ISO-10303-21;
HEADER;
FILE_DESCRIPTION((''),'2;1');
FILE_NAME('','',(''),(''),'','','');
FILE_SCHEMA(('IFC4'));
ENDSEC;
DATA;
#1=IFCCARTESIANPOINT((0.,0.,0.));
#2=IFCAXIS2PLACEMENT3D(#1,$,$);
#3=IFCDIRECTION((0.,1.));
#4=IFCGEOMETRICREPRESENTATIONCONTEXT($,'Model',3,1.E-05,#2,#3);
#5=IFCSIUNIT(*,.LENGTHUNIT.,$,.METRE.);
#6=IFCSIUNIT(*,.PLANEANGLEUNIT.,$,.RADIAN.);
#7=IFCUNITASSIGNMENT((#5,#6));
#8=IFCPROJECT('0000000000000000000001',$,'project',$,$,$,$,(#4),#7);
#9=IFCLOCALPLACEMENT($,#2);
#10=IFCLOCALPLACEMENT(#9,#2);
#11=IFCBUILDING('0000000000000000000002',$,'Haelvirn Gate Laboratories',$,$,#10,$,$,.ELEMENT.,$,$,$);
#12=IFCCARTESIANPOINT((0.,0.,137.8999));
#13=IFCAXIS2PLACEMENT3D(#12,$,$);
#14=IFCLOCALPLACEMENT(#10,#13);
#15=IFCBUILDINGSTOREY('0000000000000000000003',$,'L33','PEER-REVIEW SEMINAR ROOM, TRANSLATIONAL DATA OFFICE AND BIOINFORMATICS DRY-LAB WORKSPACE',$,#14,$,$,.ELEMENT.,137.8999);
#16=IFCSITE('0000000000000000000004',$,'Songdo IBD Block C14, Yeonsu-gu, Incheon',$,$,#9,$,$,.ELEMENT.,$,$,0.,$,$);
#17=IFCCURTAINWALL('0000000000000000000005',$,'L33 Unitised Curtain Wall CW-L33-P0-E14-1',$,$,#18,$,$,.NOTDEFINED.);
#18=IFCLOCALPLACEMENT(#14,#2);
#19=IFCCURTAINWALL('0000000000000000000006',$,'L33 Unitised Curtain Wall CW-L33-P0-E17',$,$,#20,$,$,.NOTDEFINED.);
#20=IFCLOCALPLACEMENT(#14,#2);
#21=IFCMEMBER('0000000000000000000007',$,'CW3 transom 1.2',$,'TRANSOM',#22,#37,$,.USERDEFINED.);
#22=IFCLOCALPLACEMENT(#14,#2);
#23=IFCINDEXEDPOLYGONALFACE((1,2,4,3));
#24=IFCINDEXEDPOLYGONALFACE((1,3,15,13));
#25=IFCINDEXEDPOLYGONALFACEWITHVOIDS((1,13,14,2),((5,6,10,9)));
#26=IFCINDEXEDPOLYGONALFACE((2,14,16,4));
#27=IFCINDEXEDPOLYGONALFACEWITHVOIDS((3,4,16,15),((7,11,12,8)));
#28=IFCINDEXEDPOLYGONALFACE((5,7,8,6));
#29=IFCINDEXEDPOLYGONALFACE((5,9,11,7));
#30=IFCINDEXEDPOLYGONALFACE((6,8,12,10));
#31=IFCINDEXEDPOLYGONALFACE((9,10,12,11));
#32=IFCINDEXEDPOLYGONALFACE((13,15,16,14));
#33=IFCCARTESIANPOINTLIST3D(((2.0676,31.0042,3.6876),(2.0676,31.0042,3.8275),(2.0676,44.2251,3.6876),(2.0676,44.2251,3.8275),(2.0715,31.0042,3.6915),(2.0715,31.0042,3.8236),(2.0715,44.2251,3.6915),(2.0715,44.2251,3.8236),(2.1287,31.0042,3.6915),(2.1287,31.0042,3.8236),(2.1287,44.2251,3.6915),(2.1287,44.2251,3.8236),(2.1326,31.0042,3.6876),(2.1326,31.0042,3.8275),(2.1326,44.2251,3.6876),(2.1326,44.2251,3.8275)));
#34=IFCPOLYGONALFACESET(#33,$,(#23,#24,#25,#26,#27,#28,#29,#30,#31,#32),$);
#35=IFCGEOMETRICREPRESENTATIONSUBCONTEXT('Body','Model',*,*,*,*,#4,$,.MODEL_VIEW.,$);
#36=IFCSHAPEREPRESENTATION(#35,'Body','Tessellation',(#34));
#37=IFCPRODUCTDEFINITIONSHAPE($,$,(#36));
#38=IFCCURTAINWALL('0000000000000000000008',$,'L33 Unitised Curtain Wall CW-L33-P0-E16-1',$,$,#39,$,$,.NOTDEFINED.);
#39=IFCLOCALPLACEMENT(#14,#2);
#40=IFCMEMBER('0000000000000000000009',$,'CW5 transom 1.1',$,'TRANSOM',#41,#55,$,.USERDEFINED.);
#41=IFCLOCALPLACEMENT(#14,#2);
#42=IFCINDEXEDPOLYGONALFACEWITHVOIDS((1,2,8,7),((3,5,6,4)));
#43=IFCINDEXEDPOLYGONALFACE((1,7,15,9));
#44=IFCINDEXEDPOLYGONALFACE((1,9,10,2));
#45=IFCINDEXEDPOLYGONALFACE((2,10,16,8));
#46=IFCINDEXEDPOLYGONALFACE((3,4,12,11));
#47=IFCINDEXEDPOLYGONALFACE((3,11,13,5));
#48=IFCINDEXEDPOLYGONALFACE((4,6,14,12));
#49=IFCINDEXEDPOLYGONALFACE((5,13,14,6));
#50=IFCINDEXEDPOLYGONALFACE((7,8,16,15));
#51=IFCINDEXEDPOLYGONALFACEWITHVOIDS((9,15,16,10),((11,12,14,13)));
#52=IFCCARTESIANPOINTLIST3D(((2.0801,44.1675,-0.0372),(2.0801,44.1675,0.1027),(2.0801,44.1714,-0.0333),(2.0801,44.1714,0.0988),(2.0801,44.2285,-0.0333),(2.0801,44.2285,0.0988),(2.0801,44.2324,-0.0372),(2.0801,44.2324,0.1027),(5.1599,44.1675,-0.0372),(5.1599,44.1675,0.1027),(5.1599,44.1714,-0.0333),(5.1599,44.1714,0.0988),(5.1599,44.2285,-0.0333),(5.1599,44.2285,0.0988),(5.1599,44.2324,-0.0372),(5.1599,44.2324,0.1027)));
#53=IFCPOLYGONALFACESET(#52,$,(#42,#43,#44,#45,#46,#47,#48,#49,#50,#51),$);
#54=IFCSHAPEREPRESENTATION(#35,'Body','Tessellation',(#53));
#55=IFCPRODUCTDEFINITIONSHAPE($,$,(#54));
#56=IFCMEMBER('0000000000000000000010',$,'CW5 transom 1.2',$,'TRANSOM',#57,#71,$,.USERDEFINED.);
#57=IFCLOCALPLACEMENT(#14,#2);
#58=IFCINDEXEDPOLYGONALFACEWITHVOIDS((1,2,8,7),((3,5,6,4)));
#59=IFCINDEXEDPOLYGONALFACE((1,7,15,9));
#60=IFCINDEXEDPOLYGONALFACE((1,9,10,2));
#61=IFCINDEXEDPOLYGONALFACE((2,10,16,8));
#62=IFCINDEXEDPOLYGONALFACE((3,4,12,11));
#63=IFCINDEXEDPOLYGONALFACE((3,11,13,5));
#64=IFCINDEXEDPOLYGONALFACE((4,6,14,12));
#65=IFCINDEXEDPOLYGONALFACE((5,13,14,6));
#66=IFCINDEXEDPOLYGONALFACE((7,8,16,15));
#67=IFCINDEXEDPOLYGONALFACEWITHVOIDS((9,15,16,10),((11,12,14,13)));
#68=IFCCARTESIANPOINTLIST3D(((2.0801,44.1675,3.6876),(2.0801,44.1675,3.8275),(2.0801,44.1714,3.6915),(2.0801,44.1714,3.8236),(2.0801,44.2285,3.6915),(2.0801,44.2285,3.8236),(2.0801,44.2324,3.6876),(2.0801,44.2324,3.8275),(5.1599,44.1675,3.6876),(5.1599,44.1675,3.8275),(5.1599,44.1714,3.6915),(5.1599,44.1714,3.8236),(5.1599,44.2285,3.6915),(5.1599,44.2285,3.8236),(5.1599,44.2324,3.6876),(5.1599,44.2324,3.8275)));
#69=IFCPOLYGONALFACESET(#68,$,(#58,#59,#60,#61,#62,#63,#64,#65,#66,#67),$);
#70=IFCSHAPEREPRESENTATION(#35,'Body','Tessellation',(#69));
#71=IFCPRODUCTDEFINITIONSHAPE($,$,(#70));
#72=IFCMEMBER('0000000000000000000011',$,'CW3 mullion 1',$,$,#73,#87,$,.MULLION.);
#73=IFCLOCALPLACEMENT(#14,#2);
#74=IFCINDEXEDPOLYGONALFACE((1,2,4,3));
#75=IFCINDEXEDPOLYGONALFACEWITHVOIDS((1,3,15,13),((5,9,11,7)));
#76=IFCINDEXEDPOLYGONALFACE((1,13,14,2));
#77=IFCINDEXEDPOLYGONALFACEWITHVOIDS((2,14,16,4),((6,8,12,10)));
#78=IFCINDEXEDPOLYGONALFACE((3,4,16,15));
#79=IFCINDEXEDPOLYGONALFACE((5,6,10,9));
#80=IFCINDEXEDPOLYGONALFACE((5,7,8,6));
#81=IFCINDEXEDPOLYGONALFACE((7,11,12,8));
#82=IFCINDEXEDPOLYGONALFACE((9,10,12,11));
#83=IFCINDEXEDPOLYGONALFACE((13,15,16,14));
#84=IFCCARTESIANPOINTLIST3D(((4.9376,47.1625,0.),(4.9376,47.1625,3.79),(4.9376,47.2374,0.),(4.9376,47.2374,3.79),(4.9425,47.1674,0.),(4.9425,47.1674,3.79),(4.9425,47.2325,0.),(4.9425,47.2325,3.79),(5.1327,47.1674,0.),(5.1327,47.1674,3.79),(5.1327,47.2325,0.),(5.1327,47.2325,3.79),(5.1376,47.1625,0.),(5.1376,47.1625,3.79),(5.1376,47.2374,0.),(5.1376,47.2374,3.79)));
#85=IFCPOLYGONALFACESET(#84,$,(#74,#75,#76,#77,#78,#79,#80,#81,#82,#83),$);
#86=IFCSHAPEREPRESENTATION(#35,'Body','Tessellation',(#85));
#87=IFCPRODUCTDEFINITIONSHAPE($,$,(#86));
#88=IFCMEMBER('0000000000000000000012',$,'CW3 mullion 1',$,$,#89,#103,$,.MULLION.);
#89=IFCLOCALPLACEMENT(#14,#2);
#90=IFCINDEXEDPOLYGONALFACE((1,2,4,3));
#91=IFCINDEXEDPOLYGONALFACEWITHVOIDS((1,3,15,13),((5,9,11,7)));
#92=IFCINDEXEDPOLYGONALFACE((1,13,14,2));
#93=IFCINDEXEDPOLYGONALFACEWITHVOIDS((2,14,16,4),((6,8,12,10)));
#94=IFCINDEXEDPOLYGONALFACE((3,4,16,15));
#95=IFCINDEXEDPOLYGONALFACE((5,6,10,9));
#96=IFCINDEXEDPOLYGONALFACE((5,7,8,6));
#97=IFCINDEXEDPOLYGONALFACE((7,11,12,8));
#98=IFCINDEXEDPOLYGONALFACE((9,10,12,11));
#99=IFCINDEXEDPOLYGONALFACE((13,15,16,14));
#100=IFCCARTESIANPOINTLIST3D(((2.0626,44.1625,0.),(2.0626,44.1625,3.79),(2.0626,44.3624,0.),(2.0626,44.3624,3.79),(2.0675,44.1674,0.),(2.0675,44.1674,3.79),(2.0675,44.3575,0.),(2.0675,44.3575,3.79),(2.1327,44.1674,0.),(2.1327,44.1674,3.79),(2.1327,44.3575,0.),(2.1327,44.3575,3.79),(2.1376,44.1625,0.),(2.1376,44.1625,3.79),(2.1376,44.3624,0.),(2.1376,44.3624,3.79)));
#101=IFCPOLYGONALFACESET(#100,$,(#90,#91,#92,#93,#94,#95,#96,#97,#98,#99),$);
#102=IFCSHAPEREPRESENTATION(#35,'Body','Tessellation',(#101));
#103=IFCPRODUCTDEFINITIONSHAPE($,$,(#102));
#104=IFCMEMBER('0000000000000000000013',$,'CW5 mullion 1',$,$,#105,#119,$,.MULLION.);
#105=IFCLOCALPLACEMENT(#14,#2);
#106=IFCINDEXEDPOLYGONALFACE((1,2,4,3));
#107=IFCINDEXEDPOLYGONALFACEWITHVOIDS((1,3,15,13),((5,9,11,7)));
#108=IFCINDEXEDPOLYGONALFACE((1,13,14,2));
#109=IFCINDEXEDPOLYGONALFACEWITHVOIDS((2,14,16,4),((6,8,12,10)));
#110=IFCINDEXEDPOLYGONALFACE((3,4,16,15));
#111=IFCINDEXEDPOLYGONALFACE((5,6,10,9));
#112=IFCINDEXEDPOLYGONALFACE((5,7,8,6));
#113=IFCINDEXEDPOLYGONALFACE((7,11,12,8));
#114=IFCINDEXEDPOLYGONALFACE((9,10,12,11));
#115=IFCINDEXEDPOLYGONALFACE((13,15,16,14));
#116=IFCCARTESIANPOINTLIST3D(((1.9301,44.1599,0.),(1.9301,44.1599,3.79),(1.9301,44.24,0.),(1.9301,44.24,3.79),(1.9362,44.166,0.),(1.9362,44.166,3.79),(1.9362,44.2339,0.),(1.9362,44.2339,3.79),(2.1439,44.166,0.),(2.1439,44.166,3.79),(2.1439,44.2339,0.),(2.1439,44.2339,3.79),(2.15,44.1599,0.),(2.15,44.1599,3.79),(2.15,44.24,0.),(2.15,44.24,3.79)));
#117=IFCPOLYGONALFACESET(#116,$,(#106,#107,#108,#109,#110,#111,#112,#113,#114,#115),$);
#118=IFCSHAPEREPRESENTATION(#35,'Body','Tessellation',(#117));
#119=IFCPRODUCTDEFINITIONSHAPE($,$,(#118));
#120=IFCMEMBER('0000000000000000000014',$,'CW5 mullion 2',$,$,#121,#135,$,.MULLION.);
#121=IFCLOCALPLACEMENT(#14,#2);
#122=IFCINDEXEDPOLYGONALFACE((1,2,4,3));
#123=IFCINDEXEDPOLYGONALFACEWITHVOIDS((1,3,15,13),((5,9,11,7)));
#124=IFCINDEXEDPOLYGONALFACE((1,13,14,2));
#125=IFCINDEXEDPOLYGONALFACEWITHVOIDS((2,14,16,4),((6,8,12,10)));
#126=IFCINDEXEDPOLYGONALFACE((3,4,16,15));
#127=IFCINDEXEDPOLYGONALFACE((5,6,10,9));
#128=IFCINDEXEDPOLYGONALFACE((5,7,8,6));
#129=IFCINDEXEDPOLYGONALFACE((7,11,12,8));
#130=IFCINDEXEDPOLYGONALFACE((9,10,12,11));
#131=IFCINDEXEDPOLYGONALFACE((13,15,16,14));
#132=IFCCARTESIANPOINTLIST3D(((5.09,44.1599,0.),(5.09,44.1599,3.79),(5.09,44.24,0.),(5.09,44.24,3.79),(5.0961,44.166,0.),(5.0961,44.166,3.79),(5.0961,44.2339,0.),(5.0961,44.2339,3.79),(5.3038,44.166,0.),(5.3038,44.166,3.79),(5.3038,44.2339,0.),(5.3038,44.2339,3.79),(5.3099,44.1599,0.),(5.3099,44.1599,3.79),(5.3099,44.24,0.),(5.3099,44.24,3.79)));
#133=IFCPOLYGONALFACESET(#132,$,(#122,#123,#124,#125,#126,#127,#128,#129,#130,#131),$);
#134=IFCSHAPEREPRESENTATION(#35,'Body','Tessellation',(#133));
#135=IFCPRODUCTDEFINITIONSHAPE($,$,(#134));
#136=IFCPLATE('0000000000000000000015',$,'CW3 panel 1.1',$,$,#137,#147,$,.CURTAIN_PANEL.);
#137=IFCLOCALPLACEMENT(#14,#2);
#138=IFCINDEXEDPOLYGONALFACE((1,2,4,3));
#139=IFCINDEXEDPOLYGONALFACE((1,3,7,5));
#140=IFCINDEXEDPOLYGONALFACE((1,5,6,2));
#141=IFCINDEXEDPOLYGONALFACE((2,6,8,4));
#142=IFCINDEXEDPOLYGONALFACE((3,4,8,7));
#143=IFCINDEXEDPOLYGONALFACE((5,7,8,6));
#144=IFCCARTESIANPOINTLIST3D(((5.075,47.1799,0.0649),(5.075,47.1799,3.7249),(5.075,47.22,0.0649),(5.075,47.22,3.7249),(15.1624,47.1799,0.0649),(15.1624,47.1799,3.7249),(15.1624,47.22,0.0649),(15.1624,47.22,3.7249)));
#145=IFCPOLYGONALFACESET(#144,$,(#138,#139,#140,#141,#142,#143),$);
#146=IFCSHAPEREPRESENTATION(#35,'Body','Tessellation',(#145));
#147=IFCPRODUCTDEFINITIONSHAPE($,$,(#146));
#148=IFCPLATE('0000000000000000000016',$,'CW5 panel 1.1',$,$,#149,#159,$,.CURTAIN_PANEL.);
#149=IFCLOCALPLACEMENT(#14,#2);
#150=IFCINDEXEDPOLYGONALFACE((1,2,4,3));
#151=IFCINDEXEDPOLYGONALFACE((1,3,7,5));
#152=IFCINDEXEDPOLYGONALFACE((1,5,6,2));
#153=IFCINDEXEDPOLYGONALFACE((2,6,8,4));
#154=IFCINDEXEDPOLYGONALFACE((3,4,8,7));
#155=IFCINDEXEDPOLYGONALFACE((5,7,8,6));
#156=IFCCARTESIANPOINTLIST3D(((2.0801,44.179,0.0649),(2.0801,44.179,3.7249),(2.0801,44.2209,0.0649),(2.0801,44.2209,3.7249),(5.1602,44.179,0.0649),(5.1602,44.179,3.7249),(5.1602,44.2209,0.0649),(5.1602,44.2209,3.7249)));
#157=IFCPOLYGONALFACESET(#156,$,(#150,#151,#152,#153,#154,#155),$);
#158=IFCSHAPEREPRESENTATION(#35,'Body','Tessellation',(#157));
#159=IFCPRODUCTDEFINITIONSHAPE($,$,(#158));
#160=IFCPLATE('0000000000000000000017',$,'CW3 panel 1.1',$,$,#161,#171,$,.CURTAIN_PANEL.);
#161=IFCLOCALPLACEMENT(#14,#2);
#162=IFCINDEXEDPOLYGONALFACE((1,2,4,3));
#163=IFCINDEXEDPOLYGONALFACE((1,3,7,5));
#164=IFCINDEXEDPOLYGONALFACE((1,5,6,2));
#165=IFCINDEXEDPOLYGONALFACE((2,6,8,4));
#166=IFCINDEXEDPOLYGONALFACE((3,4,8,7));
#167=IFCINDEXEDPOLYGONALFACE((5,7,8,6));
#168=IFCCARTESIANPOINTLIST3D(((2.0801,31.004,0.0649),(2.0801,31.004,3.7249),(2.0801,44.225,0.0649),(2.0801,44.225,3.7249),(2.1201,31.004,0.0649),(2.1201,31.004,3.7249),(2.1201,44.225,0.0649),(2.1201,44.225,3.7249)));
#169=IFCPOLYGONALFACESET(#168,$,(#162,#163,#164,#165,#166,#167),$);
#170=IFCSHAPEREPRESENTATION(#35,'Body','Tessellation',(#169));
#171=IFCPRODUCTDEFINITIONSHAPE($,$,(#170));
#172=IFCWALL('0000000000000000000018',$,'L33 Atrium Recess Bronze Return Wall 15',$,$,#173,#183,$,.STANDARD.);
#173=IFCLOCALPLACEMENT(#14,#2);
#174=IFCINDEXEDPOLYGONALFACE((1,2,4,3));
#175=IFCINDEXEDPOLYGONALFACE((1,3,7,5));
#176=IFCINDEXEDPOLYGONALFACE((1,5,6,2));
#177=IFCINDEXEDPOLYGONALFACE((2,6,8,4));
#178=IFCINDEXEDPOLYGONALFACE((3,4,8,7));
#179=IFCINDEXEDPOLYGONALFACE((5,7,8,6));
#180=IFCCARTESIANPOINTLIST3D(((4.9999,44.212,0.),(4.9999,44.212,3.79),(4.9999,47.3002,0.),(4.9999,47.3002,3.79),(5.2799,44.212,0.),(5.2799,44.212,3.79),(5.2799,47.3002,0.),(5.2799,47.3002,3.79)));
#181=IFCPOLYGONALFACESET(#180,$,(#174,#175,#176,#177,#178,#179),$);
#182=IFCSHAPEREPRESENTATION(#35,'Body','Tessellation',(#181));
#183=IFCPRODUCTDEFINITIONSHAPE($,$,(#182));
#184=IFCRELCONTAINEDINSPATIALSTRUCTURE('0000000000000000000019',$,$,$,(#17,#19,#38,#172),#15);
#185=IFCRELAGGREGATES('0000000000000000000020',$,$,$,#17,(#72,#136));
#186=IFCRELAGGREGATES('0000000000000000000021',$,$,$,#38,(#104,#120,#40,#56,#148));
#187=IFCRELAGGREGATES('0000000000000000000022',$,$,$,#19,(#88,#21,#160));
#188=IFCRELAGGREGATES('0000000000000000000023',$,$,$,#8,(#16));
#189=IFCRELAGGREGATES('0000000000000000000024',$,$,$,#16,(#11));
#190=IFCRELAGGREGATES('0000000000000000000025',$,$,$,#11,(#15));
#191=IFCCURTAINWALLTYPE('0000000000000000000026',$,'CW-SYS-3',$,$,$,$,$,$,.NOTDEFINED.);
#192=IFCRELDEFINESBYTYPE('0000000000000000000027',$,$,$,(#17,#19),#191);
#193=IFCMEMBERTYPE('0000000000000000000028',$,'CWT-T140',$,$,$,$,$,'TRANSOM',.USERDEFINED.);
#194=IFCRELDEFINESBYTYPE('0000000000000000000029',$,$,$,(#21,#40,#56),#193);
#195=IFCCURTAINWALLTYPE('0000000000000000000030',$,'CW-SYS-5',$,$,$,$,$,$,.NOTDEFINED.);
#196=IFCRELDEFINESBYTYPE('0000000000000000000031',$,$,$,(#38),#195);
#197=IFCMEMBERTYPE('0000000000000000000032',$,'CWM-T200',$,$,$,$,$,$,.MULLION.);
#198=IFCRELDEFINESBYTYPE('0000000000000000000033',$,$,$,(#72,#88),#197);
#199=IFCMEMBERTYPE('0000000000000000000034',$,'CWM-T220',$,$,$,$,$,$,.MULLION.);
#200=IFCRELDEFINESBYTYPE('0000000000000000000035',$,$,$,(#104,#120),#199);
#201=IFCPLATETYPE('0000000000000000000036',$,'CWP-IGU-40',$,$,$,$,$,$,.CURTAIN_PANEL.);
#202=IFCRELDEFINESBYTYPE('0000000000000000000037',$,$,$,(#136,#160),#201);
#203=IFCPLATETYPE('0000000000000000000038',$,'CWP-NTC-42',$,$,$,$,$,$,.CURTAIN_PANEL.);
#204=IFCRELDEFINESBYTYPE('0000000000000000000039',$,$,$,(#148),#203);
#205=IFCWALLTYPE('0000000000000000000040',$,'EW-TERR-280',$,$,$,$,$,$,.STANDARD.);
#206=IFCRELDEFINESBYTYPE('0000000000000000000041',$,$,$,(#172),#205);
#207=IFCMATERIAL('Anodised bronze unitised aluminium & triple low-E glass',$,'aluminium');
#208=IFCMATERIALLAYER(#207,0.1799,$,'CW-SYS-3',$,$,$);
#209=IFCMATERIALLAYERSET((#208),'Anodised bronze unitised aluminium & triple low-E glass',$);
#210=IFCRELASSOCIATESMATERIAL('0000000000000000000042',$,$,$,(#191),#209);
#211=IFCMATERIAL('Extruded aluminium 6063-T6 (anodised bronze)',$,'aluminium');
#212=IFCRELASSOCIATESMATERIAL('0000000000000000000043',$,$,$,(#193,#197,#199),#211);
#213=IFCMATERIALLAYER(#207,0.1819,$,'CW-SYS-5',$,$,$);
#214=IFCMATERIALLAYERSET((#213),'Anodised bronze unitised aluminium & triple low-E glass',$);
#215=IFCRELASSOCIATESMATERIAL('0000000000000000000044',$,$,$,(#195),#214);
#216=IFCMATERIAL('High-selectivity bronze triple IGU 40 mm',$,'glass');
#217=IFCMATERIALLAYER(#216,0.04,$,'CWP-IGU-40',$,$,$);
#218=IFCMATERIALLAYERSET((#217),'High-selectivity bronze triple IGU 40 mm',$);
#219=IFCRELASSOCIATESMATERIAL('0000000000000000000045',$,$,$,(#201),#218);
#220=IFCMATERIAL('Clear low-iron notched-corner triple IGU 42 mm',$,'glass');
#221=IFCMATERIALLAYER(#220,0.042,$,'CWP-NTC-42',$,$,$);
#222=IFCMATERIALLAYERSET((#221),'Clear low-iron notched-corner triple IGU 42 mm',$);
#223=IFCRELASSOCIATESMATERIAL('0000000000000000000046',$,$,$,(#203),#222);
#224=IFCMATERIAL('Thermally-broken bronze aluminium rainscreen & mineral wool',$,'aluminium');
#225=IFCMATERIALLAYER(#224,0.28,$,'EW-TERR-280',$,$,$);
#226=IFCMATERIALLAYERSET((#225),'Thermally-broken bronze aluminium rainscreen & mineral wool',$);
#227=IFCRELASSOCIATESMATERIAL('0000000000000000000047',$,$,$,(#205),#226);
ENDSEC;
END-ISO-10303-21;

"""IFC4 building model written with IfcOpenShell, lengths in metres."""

from ifc_helpers import new_model, si_unit, direction, frame, frame_2d, origin, origin_2d, place, context, subcontext, project, spatial, rectangle, hollow_rectangle, extrude, source, transform, mapped, material, layer, layer_set, material_profile, profile_set, type_object, type_shapes, element, aggregate, save


model = new_model("IFC4")

# Units and contexts
model_context = context("Model", 3, precision=1e-05, world=origin(), true_north=direction((0.0, 1.0)))
body_context = subcontext(model_context, "Body", "Model", "MODEL_VIEW")
ifc_project = project(units=[si_unit("LENGTHUNIT", "METRE"), si_unit("PLANEANGLEUNIT", "RADIAN")], contexts=[model_context])

# Site, building, storey
site_placement = place(None, origin())
site = spatial("IfcSite", under=ifc_project, at=site_placement, Name="Songdo IBD Block C14, Yeonsu-gu, Incheon", CompositionType="ELEMENT", RefElevation=0.0)
building_placement = place(site_placement, origin())
building = spatial("IfcBuilding", under=site, at=building_placement, Name="Haelvirn Gate Laboratories", CompositionType="ELEMENT")
storey_placement = place(building_placement, frame((0.0, 0.0, 137.8999)))
storey = spatial("IfcBuildingStorey", under=building, at=storey_placement, Name="L33", Description="PEER-REVIEW SEMINAR ROOM, TRANSLATIONAL DATA OFFICE AND BIOINFORMATICS DRY-LAB WORKSPACE", CompositionType="ELEMENT", Elevation=137.8999)

# Curtain walls, members
ifc_material_1 = material(Name="Anodised bronze unitised aluminium & triple low-E glass", Category="aluminium")
ifc_layer_1 = layer(ifc_material_1, 0.1799, Name="CW-SYS-3")
ifc_layer_set_1 = layer_set([ifc_layer_1], Name="Anodised bronze unitised aluminium & triple low-E glass")
curtain_wall_type_1 = type_object("IfcCurtainWallType", Name="CW-SYS-3", PredefinedType="NOTDEFINED", material=ifc_layer_set_1)
curtain_wall_1_placement = place(storey_placement, origin())
curtain_wall_1 = element("IfcCurtainWall", 1, at=curtain_wall_1_placement, inside=storey, type_object=curtain_wall_type_1, Name="L33 Unitised Curtain Wall CW-L33-P0-E14-1", PredefinedType="NOTDEFINED")
ifc_material_2 = material(Name="Extruded aluminium 6063-T6 (anodised bronze)", Category="aluminium")
ifc_material_profile_1 = material_profile(ifc_material_2, hollow_rectangle(XDim=0.0649, YDim=0.1399, WallThickness=0.0039, at=origin_2d()), Name="CWT-140x65x4")
ifc_profile_set_1 = profile_set([ifc_material_profile_1], Name="Extruded aluminium 6063-T6 (anodised bronze)")
member_type_1 = type_object("IfcMemberType", Name="CWT-T140", ElementType="TRANSOM", PredefinedType="USERDEFINED", material=ifc_profile_set_1)
curtain_wall_2_placement = place(storey_placement, origin())
curtain_wall_2 = element("IfcCurtainWall", 2, at=curtain_wall_2_placement, inside=storey, type_object=curtain_wall_type_1, Name="L33 Unitised Curtain Wall CW-L33-P0-E17", PredefinedType="NOTDEFINED")
shared_shape_1 = source(origin(), body_context, "Body", "SweptSolid", [
    extrude(hollow_rectangle(XDim=0.0649, YDim=0.1399, WallThickness=0.0039, at=origin_2d()), origin(), (0.0, 0.0, 1.0), 13.2209),
])
member_1_placement = place(storey_placement, frame((2.1001, 44.2251, 3.7576), z_axis=(0.0, -1.0, 0.0), x_axis=(1.0, 0.0, 0.0)))
member_1 = element("IfcMember", 3, at=member_1_placement, type_object=member_type_1, Name="CW3 transom 1.2", ObjectType="TRANSOM", PredefinedType="USERDEFINED", context=body_context, shape_type="MappedRepresentation", body=[
    mapped(shared_shape_1, transform((0.0, 0.0, 0.0), scale=1.0)),
])
ifc_layer_2 = layer(ifc_material_1, 0.1819, Name="CW-SYS-5")
ifc_layer_set_2 = layer_set([ifc_layer_2], Name="Anodised bronze unitised aluminium & triple low-E glass")
curtain_wall_type_2 = type_object("IfcCurtainWallType", Name="CW-SYS-5", PredefinedType="NOTDEFINED", material=ifc_layer_set_2)
curtain_wall_3_placement = place(storey_placement, origin())
curtain_wall_3 = element("IfcCurtainWall", 4, at=curtain_wall_3_placement, inside=storey, type_object=curtain_wall_type_2, Name="L33 Unitised Curtain Wall CW-L33-P0-E16-1", PredefinedType="NOTDEFINED")
shared_shape_2 = source(origin(), body_context, "Body", "SweptSolid", [
    extrude(hollow_rectangle(XDim=0.0649, YDim=0.1399, WallThickness=0.0039, at=origin_2d()), origin(), (0.0, 0.0, 1.0), 3.0798),
])
member_2_placement = place(storey_placement, frame((2.0801, 44.2, 0.0327), z_axis=(1.0, 0.0, 0.0), x_axis=(0.0, 1.0, 0.0)))
member_2 = element("IfcMember", 5, at=member_2_placement, type_object=member_type_1, Name="CW5 transom 1.1", ObjectType="TRANSOM", PredefinedType="USERDEFINED", context=body_context, shape_type="MappedRepresentation", body=[
    mapped(shared_shape_2, transform((0.0, 0.0, 0.0), scale=1.0)),
])
member_3_placement = place(storey_placement, frame((2.0801, 44.2, 3.7576), z_axis=(1.0, 0.0, 0.0), x_axis=(0.0, 1.0, 0.0)))
member_3 = element("IfcMember", 6, at=member_3_placement, type_object=member_type_1, Name="CW5 transom 1.2", ObjectType="TRANSOM", PredefinedType="USERDEFINED", context=body_context, shape_type="MappedRepresentation", body=[
    mapped(shared_shape_2, transform((0.0, 0.0, 0.0), scale=1.0)),
])

# Members
ifc_material_profile_2 = material_profile(ifc_material_2, hollow_rectangle(XDim=0.075, YDim=0.2, WallThickness=0.0049, at=origin_2d()), Name="CWM-200x75x5")
ifc_profile_set_2 = profile_set([ifc_material_profile_2], Name="Extruded aluminium 6063-T6 (anodised bronze)")
member_type_2 = type_object("IfcMemberType", Name="CWM-T200", PredefinedType="MULLION", material=ifc_profile_set_2)
shared_shape_3 = source(origin(), body_context, "Body", "SweptSolid", [
    extrude(hollow_rectangle(XDim=0.075, YDim=0.2, WallThickness=0.0049, at=origin_2d()), origin(), (0.0, 0.0, 1.0), 3.79),
])
type_shapes(member_type_2, [shared_shape_3])
member_4_placement = place(storey_placement, frame((5.0376, 47.2, 0.0), z_axis=(0.0, 0.0, 1.0), x_axis=(0.0, 1.0, 0.0)))
member_4 = element("IfcMember", 7, at=member_4_placement, type_object=member_type_2, Name="CW3 mullion 1", PredefinedType="MULLION", context=body_context, shape_type="MappedRepresentation", body=[
    mapped(shared_shape_3, transform((0.0, 0.0, 0.0), scale=1.0)),
])
member_5_placement = place(storey_placement, frame((2.1001, 44.2625, 0.0), z_axis=(0.0, 0.0, 1.0), x_axis=(1.0, 0.0, 0.0)))
member_5 = element("IfcMember", 8, at=member_5_placement, type_object=member_type_2, Name="CW3 mullion 1", PredefinedType="MULLION", context=body_context, shape_type="MappedRepresentation", body=[
    mapped(shared_shape_3, transform((0.0, 0.0, 0.0), scale=1.0)),
])
ifc_material_profile_3 = material_profile(ifc_material_2, hollow_rectangle(XDim=0.0801, YDim=0.22, WallThickness=0.0061, at=origin_2d()), Name="CWM-220x80x6")
ifc_profile_set_3 = profile_set([ifc_material_profile_3], Name="Extruded aluminium 6063-T6 (anodised bronze)")
member_type_3 = type_object("IfcMemberType", Name="CWM-T220", PredefinedType="MULLION", material=ifc_profile_set_3)
shared_shape_4 = source(origin(), body_context, "Body", "SweptSolid", [
    extrude(hollow_rectangle(XDim=0.0801, YDim=0.22, WallThickness=0.0061, at=origin_2d()), origin(), (0.0, 0.0, 1.0), 3.79),
])
type_shapes(member_type_3, [shared_shape_4])
member_6_placement = place(storey_placement, frame((2.04, 44.2, 0.0), z_axis=(0.0, 0.0, 1.0), x_axis=(0.0, 1.0, 0.0)))
member_6 = element("IfcMember", 9, at=member_6_placement, type_object=member_type_3, Name="CW5 mullion 1", PredefinedType="MULLION", context=body_context, shape_type="MappedRepresentation", body=[
    mapped(shared_shape_4, transform((0.0, 0.0, 0.0), scale=1.0)),
])
member_7_placement = place(storey_placement, frame((5.2, 44.2, 0.0), z_axis=(0.0, 0.0, 1.0), x_axis=(0.0, 1.0, 0.0)))
member_7 = element("IfcMember", 10, at=member_7_placement, type_object=member_type_3, Name="CW5 mullion 2", PredefinedType="MULLION", context=body_context, shape_type="MappedRepresentation", body=[
    mapped(shared_shape_4, transform((0.0, 0.0, 0.0), scale=1.0)),
])

# Plates
ifc_material_3 = material(Name="High-selectivity bronze triple IGU 40 mm", Category="glass")
ifc_layer_3 = layer(ifc_material_3, 0.04, Name="CWP-IGU-40")
ifc_layer_set_3 = layer_set([ifc_layer_3], Name="High-selectivity bronze triple IGU 40 mm")
plate_type_1 = type_object("IfcPlateType", Name="CWP-IGU-40", PredefinedType="CURTAIN_PANEL", material=ifc_layer_set_3)
shared_shape_5 = source(origin(), body_context, "Body", "SweptSolid", [
    extrude(rectangle(XDim=10.0874, YDim=0.04, at=origin_2d()), origin(), (0.0, 0.0, 1.0), 3.6599),
])
plate_1_placement = place(storey_placement, frame((10.1187, 47.2, 0.0649), z_axis=(0.0, 0.0, 1.0), x_axis=(1.0, 0.0, 0.0)))
plate_1 = element("IfcPlate", 11, at=plate_1_placement, type_object=plate_type_1, Name="CW3 panel 1.1", PredefinedType="CURTAIN_PANEL", context=body_context, shape_type="MappedRepresentation", body=[
    mapped(shared_shape_5, transform((0.0, 0.0, 0.0), scale=1.0)),
])
aggregate(curtain_wall_1, [member_4, plate_1])
ifc_material_4 = material(Name="Clear low-iron notched-corner triple IGU 42 mm", Category="glass")
ifc_layer_4 = layer(ifc_material_4, 0.042, Name="CWP-NTC-42")
ifc_layer_set_4 = layer_set([ifc_layer_4], Name="Clear low-iron notched-corner triple IGU 42 mm")
plate_type_2 = type_object("IfcPlateType", Name="CWP-NTC-42", PredefinedType="CURTAIN_PANEL", material=ifc_layer_set_4)
shared_shape_6 = source(origin(), body_context, "Body", "SweptSolid", [
    extrude(rectangle(XDim=3.0801, YDim=0.042, at=origin_2d()), origin(), (0.0, 0.0, 1.0), 3.6599),
])
type_shapes(plate_type_2, [shared_shape_6])
plate_2_placement = place(storey_placement, frame((3.6201, 44.2, 0.0649), z_axis=(0.0, 0.0, 1.0), x_axis=(1.0, 0.0, 0.0)))
plate_2 = element("IfcPlate", 12, at=plate_2_placement, type_object=plate_type_2, Name="CW5 panel 1.1", PredefinedType="CURTAIN_PANEL", context=body_context, shape_type="MappedRepresentation", body=[
    mapped(shared_shape_6, transform((0.0, 0.0, 0.0), scale=1.0)),
])
aggregate(curtain_wall_3, [member_6, member_7, member_2, member_3, plate_2])
shared_shape_7 = source(origin(), body_context, "Body", "SweptSolid", [
    extrude(rectangle(XDim=13.2209, YDim=0.04, at=origin_2d()), origin(), (0.0, 0.0, 1.0), 3.6599),
])
type_shapes(plate_type_1, [shared_shape_5, shared_shape_7])
plate_3_placement = place(storey_placement, frame((2.1001, 37.6145, 0.0649), z_axis=(0.0, 0.0, 1.0), x_axis=(0.0, -1.0, 0.0)))
plate_3 = element("IfcPlate", 13, at=plate_3_placement, type_object=plate_type_1, Name="CW3 panel 1.1", PredefinedType="CURTAIN_PANEL", context=body_context, shape_type="MappedRepresentation", body=[
    mapped(shared_shape_7, transform((0.0, 0.0, 0.0), scale=1.0)),
])
aggregate(curtain_wall_2, [member_5, member_1, plate_3])

# Wall
ifc_material_5 = material(Name="Thermally-broken bronze aluminium rainscreen & mineral wool", Category="aluminium")
ifc_layer_5 = layer(ifc_material_5, 0.28, Name="EW-TERR-280")
ifc_layer_set_5 = layer_set([ifc_layer_5], Name="Thermally-broken bronze aluminium rainscreen & mineral wool")
wall_type_1 = type_object("IfcWallType", Name="EW-TERR-280", PredefinedType="STANDARD", material=ifc_layer_set_5)
wall_1_placement = place(storey_placement, frame((5.1399, 47.3, 0.0), z_axis=(0.0, 0.0, 1.0), x_axis=(0.0, -1.0, 0.0)))
element("IfcWall", 14, at=wall_1_placement, inside=storey, type_object=wall_type_1, Name="L33 Atrium Recess Bronze Return Wall 15", PredefinedType="STANDARD", context=body_context, shape_type="SweptSolid", body=[
    extrude(rectangle(XDim=3.0881, YDim=0.28, at=frame_2d((1.5439, 0.0))), origin(), (0.0, 0.0, 1.0), 3.79),
])

save(model, "model.ifc")
